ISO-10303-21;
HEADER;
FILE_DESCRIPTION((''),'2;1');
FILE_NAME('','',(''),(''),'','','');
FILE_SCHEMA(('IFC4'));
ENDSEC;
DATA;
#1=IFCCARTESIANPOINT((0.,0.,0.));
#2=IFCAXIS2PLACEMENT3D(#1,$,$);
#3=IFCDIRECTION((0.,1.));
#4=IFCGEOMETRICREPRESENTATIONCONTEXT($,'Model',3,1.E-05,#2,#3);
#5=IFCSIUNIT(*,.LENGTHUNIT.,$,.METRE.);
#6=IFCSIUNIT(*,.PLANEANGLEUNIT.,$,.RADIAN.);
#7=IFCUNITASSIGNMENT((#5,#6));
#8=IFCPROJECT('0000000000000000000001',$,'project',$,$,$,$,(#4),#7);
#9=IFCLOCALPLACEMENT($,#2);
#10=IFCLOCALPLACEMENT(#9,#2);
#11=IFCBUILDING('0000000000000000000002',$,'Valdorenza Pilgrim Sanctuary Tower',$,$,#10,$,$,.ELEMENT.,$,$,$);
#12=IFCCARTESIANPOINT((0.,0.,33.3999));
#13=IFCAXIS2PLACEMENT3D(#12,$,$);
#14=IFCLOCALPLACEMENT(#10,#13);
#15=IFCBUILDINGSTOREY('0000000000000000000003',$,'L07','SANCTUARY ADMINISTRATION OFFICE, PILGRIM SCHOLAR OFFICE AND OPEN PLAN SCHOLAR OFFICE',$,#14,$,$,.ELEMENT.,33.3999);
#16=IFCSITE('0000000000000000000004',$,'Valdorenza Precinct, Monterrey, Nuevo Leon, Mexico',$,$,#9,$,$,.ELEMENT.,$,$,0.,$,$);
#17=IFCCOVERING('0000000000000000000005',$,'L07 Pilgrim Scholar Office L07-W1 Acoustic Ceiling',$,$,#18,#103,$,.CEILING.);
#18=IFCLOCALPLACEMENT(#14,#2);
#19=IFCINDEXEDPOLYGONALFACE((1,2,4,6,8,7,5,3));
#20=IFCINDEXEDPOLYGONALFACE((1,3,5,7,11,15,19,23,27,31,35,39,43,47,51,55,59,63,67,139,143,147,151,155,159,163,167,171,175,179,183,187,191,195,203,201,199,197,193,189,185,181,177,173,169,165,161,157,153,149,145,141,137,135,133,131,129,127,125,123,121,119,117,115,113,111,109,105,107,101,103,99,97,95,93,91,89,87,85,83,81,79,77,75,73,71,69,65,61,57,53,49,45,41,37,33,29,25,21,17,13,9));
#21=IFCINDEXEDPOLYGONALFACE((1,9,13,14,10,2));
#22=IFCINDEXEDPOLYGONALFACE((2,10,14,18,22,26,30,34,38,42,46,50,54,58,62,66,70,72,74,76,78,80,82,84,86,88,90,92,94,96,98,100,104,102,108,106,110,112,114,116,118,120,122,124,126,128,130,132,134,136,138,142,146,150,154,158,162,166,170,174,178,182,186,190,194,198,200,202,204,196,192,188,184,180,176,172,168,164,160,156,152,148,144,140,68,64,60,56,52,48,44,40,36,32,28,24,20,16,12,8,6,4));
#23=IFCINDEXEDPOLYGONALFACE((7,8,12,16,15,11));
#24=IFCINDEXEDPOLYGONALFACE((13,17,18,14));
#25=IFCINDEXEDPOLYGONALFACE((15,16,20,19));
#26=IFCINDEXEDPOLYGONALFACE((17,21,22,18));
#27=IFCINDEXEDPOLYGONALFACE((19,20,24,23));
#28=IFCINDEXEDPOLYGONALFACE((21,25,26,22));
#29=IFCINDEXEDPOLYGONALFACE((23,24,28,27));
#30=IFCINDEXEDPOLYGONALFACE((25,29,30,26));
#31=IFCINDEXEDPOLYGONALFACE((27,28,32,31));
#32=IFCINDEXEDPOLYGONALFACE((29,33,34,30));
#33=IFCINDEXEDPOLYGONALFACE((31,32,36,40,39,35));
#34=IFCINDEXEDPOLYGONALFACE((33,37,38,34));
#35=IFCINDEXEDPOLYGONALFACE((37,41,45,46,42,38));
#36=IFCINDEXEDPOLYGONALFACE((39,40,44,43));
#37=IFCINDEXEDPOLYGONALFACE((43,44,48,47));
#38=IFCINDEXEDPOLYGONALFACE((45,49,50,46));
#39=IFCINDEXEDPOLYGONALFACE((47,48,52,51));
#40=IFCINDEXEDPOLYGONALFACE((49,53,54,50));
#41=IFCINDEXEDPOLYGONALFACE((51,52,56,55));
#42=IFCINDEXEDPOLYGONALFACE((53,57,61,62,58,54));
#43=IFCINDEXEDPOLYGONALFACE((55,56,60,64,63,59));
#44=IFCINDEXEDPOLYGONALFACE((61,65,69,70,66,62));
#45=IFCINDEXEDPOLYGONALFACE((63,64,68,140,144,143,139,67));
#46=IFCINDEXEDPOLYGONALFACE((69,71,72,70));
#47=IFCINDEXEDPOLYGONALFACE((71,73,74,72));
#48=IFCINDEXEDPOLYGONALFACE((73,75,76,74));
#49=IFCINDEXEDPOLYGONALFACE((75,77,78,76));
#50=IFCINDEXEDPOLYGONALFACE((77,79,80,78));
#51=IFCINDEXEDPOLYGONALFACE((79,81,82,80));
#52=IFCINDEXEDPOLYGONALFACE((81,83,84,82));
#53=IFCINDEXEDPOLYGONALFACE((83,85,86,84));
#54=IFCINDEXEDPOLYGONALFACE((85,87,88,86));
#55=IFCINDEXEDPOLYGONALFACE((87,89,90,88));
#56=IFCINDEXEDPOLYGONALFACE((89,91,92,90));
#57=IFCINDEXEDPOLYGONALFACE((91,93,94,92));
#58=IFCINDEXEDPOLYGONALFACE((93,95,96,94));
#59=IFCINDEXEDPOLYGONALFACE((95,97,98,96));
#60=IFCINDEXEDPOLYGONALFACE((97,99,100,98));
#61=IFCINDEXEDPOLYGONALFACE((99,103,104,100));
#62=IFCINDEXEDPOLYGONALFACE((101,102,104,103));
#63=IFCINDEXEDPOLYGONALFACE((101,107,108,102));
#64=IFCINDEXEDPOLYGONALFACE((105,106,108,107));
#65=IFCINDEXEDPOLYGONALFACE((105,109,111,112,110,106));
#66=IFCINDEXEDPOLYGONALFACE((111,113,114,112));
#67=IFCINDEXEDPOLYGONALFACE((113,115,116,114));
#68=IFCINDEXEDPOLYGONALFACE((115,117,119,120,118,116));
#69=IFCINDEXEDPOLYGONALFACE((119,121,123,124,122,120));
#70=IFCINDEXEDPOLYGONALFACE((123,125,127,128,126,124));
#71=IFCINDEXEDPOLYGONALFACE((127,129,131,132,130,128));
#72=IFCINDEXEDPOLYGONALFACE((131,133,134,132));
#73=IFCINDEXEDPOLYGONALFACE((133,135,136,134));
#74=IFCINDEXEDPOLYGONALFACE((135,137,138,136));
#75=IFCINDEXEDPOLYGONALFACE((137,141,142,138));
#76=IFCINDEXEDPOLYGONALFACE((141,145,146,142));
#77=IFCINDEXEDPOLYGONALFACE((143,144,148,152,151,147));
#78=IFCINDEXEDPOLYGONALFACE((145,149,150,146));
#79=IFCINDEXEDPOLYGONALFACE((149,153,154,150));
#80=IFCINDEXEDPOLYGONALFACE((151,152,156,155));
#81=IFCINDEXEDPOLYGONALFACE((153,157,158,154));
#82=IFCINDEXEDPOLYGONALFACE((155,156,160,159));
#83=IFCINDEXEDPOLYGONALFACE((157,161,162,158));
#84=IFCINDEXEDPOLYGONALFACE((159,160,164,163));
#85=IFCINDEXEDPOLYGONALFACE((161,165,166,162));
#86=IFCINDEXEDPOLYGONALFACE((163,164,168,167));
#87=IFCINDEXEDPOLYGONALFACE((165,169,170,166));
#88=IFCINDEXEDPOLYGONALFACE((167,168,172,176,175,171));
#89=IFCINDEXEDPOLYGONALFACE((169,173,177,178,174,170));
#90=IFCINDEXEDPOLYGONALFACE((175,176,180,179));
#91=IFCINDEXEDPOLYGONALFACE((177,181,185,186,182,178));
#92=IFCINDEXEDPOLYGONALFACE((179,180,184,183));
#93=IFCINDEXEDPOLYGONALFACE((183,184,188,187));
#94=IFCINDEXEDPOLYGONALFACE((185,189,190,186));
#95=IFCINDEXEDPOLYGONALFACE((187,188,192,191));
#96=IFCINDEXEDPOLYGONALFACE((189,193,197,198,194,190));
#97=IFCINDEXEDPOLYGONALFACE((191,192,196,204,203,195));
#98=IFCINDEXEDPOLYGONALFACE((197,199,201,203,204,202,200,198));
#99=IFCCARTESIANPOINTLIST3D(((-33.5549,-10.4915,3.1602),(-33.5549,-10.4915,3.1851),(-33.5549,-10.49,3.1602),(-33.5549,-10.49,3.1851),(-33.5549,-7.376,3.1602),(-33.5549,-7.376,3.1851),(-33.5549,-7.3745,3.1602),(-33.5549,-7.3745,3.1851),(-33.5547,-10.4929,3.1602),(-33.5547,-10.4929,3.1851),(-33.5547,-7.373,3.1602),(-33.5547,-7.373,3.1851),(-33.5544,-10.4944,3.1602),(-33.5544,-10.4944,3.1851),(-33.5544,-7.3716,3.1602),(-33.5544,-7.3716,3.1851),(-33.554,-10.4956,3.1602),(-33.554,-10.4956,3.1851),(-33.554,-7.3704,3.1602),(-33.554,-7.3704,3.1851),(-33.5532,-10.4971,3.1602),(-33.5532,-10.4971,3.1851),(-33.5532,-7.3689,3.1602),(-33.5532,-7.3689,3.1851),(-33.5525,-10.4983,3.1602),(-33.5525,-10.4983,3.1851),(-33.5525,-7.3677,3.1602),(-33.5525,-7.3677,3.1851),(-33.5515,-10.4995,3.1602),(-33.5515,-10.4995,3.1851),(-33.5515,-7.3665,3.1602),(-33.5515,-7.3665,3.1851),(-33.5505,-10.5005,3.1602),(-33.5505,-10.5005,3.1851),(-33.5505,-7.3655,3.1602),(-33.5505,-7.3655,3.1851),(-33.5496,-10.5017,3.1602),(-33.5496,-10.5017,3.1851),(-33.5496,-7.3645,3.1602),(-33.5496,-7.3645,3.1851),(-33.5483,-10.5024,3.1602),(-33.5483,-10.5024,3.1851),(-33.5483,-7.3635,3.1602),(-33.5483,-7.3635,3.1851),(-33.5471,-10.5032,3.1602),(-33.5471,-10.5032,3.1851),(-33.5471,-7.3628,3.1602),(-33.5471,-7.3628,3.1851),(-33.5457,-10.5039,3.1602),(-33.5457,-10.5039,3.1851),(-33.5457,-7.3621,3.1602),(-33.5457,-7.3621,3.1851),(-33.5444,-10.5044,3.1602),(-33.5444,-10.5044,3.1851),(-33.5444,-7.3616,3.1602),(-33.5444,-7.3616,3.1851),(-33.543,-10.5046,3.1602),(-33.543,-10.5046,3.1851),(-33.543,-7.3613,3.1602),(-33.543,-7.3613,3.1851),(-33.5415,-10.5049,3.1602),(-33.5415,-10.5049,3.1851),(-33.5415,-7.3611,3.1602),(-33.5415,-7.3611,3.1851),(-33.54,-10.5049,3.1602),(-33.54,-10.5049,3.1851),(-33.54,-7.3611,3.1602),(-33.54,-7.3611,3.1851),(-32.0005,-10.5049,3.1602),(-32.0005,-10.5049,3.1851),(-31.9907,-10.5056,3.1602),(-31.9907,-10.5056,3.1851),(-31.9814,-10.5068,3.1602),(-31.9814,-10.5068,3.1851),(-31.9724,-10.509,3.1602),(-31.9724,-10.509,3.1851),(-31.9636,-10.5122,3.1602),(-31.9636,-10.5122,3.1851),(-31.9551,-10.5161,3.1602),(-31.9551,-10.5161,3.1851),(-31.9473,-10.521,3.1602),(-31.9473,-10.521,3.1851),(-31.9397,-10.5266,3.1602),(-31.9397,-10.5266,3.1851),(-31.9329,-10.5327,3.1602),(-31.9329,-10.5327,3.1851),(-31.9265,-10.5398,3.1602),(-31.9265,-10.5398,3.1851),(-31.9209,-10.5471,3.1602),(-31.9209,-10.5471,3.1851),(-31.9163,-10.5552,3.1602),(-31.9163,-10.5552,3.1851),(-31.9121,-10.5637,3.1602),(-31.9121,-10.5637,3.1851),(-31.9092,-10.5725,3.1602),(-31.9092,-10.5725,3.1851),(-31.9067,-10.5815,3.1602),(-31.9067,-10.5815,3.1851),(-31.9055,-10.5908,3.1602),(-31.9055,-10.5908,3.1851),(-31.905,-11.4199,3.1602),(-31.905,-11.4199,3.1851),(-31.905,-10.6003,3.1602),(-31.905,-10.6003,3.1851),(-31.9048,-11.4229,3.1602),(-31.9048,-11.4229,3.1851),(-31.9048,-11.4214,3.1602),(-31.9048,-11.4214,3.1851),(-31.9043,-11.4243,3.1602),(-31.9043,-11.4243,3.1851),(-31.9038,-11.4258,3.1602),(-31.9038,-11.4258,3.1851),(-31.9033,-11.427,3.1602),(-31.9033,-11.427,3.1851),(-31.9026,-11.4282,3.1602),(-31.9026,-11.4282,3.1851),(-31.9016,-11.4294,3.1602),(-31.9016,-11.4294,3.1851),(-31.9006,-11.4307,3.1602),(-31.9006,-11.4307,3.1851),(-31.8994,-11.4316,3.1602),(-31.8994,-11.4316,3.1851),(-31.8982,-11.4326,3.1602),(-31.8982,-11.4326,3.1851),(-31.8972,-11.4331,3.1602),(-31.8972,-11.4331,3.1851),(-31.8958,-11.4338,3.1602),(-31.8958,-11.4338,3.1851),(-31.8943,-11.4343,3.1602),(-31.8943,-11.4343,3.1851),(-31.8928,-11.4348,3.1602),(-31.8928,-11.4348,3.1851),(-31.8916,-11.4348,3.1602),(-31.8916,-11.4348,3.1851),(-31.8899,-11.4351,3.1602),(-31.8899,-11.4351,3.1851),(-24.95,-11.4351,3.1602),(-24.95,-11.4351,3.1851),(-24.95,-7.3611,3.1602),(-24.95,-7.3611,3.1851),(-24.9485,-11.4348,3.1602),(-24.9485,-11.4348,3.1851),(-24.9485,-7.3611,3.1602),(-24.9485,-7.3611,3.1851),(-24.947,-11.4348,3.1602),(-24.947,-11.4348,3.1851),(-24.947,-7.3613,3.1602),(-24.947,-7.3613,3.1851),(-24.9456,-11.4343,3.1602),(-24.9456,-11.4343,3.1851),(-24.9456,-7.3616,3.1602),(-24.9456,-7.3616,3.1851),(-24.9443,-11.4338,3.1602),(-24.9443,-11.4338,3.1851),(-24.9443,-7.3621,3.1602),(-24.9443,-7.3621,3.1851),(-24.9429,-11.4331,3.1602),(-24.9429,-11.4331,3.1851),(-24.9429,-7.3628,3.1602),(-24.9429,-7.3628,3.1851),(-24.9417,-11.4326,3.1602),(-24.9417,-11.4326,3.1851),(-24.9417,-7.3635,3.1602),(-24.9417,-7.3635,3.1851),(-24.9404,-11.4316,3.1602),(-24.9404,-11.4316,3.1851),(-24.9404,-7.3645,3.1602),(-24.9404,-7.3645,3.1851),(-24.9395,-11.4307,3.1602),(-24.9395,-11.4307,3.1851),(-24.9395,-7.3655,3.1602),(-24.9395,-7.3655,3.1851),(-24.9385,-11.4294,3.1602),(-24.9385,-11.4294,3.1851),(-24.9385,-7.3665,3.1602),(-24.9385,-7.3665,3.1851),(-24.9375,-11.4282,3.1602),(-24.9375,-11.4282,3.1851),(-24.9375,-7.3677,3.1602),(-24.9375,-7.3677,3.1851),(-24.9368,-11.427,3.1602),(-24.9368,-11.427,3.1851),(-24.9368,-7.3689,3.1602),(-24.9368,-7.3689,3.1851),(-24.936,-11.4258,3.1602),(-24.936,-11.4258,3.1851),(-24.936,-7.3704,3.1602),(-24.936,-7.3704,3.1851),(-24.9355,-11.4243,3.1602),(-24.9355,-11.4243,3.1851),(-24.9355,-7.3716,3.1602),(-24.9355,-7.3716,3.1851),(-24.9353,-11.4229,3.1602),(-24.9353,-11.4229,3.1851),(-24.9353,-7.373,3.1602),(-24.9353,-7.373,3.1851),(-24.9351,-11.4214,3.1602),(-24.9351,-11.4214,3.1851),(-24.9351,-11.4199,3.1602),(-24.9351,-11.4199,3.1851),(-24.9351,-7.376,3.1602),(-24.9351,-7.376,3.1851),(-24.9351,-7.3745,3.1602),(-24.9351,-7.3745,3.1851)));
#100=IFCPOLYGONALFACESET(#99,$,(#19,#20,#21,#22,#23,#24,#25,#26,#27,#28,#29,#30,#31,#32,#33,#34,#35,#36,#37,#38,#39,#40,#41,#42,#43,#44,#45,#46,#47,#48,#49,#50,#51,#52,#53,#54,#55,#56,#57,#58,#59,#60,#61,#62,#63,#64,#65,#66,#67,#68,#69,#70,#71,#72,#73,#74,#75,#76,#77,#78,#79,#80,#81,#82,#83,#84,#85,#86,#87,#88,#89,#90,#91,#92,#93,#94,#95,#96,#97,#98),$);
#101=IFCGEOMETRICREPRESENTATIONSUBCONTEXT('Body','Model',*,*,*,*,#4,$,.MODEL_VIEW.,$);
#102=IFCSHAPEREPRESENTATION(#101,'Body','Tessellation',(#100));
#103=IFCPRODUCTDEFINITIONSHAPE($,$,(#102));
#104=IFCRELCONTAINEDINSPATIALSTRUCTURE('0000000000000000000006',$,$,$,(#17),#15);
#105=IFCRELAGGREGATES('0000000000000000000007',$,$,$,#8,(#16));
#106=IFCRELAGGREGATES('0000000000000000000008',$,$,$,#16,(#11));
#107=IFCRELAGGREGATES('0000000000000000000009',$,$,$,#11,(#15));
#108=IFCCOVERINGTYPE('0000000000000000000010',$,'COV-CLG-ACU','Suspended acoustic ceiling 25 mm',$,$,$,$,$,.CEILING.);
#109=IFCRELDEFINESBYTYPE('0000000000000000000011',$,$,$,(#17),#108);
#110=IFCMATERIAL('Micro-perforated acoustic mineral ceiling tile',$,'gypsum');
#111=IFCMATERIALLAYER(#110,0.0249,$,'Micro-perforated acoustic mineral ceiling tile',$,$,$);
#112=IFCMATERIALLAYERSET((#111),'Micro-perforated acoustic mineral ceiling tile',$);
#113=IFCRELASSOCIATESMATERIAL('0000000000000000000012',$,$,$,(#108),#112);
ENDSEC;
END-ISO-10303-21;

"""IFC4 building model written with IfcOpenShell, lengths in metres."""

from ifc_helpers import new_model, si_unit, direction, frame, origin, place, context, subcontext, project, spatial, polyline, outline, extrude, material, layer, layer_set, type_object, element, save


model = new_model("IFC4")

# Units and contexts
model_context = context("Model", 3, precision=1e-05, world=origin(), true_north=direction((0.0, 1.0)))
body_context = subcontext(model_context, "Body", "Model", "MODEL_VIEW")
ifc_project = project(units=[si_unit("LENGTHUNIT", "METRE"), si_unit("PLANEANGLEUNIT", "RADIAN")], contexts=[model_context])

# Site, building, storey
site_placement = place(None, origin())
site = spatial("IfcSite", under=ifc_project, at=site_placement, Name="Valdorenza Precinct, Monterrey, Nuevo Leon, Mexico", CompositionType="ELEMENT", RefElevation=0.0)
building_placement = place(site_placement, origin())
building = spatial("IfcBuilding", under=site, at=building_placement, Name="Valdorenza Pilgrim Sanctuary Tower", CompositionType="ELEMENT")
storey_placement = place(building_placement, frame((0.0, 0.0, 33.3999)))
storey = spatial("IfcBuildingStorey", under=building, at=storey_placement, Name="L07", Description="SANCTUARY ADMINISTRATION OFFICE, PILGRIM SCHOLAR OFFICE AND OPEN PLAN SCHOLAR OFFICE", CompositionType="ELEMENT", Elevation=33.3999)

# Covering
ifc_material_1 = material(Name="Micro-perforated acoustic mineral ceiling tile", Category="gypsum")
ifc_layer_1 = layer(ifc_material_1, 0.0249, Name="Micro-perforated acoustic mineral ceiling tile")
ifc_layer_set_1 = layer_set([ifc_layer_1], Name="Micro-perforated acoustic mineral ceiling tile")
covering_type_1 = type_object("IfcCoveringType", Name="COV-CLG-ACU", Description="Suspended acoustic ceiling 25 mm", PredefinedType="CEILING", material=ifc_layer_set_1)
covering_1_placement = place(storey_placement, frame((0.0, 0.0, 3.1602)))
element("IfcCovering", 1, at=covering_1_placement, inside=storey, type_object=covering_type_1, Name="L07 Pilgrim Scholar Office L07-W1 Acoustic Ceiling", PredefinedType="CEILING", context=body_context, shape_type="SweptSolid", body=[
    extrude(outline(polyline([(-24.9351, -11.4199), (-24.9351, -11.4214), (-24.9353, -11.4229), (-24.9355, -11.4243), (-24.936, -11.4258), (-24.9368, -11.427), (-24.9375, -11.4282), (-24.9385, -11.4294), (-24.9395, -11.4307), (-24.9404, -11.4316), (-24.9417, -11.4326), (-24.9429, -11.4331), (-24.9443, -11.4338), (-24.9456, -11.4343), (-24.947, -11.4348), (-24.9485, -11.4348), (-24.95, -11.4351), (-31.8899, -11.4351), (-31.8916, -11.4348), (-31.8928, -11.4348), (-31.8943, -11.4343), (-31.8958, -11.4338), (-31.8972, -11.4331), (-31.8982, -11.4326), (-31.8994, -11.4316), (-31.9006, -11.4307), (-31.9016, -11.4294), (-31.9026, -11.4282), (-31.9033, -11.427), (-31.9038, -11.4258), (-31.9043, -11.4243), (-31.9048, -11.4229), (-31.9048, -11.4214), (-31.905, -11.4199), (-31.905, -10.6003), (-31.9055, -10.5908), (-31.9067, -10.5815), (-31.9092, -10.5725), (-31.9121, -10.5637), (-31.9163, -10.5552), (-31.9209, -10.5471), (-31.9265, -10.5398), (-31.9329, -10.5327), (-31.9397, -10.5266), (-31.9473, -10.521), (-31.9551, -10.5161), (-31.9636, -10.5122), (-31.9724, -10.509), (-31.9814, -10.5068), (-31.9907, -10.5056), (-32.0005, -10.5049), (-33.54, -10.5049), (-33.5415, -10.5049), (-33.543, -10.5046), (-33.5444, -10.5044), (-33.5457, -10.5039), (-33.5471, -10.5032), (-33.5483, -10.5024), (-33.5496, -10.5017), (-33.5505, -10.5005), (-33.5515, -10.4995), (-33.5525, -10.4983), (-33.5532, -10.4971), (-33.554, -10.4956), (-33.5544, -10.4944), (-33.5547, -10.4929), (-33.5549, -10.4915), (-33.5549, -10.49), (-33.5549, -7.376), (-33.5549, -7.3745), (-33.5547, -7.373), (-33.5544, -7.3716), (-33.554, -7.3704), (-33.5532, -7.3689), (-33.5525, -7.3677), (-33.5515, -7.3665), (-33.5505, -7.3655), (-33.5496, -7.3645), (-33.5483, -7.3635), (-33.5471, -7.3628), (-33.5457, -7.3621), (-33.5444, -7.3616), (-33.543, -7.3613), (-33.5415, -7.3611), (-33.54, -7.3611), (-24.95, -7.3611), (-24.9485, -7.3611), (-24.947, -7.3613), (-24.9456, -7.3616), (-24.9443, -7.3621), (-24.9429, -7.3628), (-24.9417, -7.3635), (-24.9404, -7.3645), (-24.9395, -7.3655), (-24.9385, -7.3665), (-24.9375, -7.3677), (-24.9368, -7.3689), (-24.936, -7.3704), (-24.9355, -7.3716), (-24.9353, -7.373), (-24.9351, -7.3745), (-24.9351, -7.376), (-24.9351, -11.4199)])), origin(), (0.0, 0.0, 1.0), 0.0249),
])

save(model, "model.ifc")
